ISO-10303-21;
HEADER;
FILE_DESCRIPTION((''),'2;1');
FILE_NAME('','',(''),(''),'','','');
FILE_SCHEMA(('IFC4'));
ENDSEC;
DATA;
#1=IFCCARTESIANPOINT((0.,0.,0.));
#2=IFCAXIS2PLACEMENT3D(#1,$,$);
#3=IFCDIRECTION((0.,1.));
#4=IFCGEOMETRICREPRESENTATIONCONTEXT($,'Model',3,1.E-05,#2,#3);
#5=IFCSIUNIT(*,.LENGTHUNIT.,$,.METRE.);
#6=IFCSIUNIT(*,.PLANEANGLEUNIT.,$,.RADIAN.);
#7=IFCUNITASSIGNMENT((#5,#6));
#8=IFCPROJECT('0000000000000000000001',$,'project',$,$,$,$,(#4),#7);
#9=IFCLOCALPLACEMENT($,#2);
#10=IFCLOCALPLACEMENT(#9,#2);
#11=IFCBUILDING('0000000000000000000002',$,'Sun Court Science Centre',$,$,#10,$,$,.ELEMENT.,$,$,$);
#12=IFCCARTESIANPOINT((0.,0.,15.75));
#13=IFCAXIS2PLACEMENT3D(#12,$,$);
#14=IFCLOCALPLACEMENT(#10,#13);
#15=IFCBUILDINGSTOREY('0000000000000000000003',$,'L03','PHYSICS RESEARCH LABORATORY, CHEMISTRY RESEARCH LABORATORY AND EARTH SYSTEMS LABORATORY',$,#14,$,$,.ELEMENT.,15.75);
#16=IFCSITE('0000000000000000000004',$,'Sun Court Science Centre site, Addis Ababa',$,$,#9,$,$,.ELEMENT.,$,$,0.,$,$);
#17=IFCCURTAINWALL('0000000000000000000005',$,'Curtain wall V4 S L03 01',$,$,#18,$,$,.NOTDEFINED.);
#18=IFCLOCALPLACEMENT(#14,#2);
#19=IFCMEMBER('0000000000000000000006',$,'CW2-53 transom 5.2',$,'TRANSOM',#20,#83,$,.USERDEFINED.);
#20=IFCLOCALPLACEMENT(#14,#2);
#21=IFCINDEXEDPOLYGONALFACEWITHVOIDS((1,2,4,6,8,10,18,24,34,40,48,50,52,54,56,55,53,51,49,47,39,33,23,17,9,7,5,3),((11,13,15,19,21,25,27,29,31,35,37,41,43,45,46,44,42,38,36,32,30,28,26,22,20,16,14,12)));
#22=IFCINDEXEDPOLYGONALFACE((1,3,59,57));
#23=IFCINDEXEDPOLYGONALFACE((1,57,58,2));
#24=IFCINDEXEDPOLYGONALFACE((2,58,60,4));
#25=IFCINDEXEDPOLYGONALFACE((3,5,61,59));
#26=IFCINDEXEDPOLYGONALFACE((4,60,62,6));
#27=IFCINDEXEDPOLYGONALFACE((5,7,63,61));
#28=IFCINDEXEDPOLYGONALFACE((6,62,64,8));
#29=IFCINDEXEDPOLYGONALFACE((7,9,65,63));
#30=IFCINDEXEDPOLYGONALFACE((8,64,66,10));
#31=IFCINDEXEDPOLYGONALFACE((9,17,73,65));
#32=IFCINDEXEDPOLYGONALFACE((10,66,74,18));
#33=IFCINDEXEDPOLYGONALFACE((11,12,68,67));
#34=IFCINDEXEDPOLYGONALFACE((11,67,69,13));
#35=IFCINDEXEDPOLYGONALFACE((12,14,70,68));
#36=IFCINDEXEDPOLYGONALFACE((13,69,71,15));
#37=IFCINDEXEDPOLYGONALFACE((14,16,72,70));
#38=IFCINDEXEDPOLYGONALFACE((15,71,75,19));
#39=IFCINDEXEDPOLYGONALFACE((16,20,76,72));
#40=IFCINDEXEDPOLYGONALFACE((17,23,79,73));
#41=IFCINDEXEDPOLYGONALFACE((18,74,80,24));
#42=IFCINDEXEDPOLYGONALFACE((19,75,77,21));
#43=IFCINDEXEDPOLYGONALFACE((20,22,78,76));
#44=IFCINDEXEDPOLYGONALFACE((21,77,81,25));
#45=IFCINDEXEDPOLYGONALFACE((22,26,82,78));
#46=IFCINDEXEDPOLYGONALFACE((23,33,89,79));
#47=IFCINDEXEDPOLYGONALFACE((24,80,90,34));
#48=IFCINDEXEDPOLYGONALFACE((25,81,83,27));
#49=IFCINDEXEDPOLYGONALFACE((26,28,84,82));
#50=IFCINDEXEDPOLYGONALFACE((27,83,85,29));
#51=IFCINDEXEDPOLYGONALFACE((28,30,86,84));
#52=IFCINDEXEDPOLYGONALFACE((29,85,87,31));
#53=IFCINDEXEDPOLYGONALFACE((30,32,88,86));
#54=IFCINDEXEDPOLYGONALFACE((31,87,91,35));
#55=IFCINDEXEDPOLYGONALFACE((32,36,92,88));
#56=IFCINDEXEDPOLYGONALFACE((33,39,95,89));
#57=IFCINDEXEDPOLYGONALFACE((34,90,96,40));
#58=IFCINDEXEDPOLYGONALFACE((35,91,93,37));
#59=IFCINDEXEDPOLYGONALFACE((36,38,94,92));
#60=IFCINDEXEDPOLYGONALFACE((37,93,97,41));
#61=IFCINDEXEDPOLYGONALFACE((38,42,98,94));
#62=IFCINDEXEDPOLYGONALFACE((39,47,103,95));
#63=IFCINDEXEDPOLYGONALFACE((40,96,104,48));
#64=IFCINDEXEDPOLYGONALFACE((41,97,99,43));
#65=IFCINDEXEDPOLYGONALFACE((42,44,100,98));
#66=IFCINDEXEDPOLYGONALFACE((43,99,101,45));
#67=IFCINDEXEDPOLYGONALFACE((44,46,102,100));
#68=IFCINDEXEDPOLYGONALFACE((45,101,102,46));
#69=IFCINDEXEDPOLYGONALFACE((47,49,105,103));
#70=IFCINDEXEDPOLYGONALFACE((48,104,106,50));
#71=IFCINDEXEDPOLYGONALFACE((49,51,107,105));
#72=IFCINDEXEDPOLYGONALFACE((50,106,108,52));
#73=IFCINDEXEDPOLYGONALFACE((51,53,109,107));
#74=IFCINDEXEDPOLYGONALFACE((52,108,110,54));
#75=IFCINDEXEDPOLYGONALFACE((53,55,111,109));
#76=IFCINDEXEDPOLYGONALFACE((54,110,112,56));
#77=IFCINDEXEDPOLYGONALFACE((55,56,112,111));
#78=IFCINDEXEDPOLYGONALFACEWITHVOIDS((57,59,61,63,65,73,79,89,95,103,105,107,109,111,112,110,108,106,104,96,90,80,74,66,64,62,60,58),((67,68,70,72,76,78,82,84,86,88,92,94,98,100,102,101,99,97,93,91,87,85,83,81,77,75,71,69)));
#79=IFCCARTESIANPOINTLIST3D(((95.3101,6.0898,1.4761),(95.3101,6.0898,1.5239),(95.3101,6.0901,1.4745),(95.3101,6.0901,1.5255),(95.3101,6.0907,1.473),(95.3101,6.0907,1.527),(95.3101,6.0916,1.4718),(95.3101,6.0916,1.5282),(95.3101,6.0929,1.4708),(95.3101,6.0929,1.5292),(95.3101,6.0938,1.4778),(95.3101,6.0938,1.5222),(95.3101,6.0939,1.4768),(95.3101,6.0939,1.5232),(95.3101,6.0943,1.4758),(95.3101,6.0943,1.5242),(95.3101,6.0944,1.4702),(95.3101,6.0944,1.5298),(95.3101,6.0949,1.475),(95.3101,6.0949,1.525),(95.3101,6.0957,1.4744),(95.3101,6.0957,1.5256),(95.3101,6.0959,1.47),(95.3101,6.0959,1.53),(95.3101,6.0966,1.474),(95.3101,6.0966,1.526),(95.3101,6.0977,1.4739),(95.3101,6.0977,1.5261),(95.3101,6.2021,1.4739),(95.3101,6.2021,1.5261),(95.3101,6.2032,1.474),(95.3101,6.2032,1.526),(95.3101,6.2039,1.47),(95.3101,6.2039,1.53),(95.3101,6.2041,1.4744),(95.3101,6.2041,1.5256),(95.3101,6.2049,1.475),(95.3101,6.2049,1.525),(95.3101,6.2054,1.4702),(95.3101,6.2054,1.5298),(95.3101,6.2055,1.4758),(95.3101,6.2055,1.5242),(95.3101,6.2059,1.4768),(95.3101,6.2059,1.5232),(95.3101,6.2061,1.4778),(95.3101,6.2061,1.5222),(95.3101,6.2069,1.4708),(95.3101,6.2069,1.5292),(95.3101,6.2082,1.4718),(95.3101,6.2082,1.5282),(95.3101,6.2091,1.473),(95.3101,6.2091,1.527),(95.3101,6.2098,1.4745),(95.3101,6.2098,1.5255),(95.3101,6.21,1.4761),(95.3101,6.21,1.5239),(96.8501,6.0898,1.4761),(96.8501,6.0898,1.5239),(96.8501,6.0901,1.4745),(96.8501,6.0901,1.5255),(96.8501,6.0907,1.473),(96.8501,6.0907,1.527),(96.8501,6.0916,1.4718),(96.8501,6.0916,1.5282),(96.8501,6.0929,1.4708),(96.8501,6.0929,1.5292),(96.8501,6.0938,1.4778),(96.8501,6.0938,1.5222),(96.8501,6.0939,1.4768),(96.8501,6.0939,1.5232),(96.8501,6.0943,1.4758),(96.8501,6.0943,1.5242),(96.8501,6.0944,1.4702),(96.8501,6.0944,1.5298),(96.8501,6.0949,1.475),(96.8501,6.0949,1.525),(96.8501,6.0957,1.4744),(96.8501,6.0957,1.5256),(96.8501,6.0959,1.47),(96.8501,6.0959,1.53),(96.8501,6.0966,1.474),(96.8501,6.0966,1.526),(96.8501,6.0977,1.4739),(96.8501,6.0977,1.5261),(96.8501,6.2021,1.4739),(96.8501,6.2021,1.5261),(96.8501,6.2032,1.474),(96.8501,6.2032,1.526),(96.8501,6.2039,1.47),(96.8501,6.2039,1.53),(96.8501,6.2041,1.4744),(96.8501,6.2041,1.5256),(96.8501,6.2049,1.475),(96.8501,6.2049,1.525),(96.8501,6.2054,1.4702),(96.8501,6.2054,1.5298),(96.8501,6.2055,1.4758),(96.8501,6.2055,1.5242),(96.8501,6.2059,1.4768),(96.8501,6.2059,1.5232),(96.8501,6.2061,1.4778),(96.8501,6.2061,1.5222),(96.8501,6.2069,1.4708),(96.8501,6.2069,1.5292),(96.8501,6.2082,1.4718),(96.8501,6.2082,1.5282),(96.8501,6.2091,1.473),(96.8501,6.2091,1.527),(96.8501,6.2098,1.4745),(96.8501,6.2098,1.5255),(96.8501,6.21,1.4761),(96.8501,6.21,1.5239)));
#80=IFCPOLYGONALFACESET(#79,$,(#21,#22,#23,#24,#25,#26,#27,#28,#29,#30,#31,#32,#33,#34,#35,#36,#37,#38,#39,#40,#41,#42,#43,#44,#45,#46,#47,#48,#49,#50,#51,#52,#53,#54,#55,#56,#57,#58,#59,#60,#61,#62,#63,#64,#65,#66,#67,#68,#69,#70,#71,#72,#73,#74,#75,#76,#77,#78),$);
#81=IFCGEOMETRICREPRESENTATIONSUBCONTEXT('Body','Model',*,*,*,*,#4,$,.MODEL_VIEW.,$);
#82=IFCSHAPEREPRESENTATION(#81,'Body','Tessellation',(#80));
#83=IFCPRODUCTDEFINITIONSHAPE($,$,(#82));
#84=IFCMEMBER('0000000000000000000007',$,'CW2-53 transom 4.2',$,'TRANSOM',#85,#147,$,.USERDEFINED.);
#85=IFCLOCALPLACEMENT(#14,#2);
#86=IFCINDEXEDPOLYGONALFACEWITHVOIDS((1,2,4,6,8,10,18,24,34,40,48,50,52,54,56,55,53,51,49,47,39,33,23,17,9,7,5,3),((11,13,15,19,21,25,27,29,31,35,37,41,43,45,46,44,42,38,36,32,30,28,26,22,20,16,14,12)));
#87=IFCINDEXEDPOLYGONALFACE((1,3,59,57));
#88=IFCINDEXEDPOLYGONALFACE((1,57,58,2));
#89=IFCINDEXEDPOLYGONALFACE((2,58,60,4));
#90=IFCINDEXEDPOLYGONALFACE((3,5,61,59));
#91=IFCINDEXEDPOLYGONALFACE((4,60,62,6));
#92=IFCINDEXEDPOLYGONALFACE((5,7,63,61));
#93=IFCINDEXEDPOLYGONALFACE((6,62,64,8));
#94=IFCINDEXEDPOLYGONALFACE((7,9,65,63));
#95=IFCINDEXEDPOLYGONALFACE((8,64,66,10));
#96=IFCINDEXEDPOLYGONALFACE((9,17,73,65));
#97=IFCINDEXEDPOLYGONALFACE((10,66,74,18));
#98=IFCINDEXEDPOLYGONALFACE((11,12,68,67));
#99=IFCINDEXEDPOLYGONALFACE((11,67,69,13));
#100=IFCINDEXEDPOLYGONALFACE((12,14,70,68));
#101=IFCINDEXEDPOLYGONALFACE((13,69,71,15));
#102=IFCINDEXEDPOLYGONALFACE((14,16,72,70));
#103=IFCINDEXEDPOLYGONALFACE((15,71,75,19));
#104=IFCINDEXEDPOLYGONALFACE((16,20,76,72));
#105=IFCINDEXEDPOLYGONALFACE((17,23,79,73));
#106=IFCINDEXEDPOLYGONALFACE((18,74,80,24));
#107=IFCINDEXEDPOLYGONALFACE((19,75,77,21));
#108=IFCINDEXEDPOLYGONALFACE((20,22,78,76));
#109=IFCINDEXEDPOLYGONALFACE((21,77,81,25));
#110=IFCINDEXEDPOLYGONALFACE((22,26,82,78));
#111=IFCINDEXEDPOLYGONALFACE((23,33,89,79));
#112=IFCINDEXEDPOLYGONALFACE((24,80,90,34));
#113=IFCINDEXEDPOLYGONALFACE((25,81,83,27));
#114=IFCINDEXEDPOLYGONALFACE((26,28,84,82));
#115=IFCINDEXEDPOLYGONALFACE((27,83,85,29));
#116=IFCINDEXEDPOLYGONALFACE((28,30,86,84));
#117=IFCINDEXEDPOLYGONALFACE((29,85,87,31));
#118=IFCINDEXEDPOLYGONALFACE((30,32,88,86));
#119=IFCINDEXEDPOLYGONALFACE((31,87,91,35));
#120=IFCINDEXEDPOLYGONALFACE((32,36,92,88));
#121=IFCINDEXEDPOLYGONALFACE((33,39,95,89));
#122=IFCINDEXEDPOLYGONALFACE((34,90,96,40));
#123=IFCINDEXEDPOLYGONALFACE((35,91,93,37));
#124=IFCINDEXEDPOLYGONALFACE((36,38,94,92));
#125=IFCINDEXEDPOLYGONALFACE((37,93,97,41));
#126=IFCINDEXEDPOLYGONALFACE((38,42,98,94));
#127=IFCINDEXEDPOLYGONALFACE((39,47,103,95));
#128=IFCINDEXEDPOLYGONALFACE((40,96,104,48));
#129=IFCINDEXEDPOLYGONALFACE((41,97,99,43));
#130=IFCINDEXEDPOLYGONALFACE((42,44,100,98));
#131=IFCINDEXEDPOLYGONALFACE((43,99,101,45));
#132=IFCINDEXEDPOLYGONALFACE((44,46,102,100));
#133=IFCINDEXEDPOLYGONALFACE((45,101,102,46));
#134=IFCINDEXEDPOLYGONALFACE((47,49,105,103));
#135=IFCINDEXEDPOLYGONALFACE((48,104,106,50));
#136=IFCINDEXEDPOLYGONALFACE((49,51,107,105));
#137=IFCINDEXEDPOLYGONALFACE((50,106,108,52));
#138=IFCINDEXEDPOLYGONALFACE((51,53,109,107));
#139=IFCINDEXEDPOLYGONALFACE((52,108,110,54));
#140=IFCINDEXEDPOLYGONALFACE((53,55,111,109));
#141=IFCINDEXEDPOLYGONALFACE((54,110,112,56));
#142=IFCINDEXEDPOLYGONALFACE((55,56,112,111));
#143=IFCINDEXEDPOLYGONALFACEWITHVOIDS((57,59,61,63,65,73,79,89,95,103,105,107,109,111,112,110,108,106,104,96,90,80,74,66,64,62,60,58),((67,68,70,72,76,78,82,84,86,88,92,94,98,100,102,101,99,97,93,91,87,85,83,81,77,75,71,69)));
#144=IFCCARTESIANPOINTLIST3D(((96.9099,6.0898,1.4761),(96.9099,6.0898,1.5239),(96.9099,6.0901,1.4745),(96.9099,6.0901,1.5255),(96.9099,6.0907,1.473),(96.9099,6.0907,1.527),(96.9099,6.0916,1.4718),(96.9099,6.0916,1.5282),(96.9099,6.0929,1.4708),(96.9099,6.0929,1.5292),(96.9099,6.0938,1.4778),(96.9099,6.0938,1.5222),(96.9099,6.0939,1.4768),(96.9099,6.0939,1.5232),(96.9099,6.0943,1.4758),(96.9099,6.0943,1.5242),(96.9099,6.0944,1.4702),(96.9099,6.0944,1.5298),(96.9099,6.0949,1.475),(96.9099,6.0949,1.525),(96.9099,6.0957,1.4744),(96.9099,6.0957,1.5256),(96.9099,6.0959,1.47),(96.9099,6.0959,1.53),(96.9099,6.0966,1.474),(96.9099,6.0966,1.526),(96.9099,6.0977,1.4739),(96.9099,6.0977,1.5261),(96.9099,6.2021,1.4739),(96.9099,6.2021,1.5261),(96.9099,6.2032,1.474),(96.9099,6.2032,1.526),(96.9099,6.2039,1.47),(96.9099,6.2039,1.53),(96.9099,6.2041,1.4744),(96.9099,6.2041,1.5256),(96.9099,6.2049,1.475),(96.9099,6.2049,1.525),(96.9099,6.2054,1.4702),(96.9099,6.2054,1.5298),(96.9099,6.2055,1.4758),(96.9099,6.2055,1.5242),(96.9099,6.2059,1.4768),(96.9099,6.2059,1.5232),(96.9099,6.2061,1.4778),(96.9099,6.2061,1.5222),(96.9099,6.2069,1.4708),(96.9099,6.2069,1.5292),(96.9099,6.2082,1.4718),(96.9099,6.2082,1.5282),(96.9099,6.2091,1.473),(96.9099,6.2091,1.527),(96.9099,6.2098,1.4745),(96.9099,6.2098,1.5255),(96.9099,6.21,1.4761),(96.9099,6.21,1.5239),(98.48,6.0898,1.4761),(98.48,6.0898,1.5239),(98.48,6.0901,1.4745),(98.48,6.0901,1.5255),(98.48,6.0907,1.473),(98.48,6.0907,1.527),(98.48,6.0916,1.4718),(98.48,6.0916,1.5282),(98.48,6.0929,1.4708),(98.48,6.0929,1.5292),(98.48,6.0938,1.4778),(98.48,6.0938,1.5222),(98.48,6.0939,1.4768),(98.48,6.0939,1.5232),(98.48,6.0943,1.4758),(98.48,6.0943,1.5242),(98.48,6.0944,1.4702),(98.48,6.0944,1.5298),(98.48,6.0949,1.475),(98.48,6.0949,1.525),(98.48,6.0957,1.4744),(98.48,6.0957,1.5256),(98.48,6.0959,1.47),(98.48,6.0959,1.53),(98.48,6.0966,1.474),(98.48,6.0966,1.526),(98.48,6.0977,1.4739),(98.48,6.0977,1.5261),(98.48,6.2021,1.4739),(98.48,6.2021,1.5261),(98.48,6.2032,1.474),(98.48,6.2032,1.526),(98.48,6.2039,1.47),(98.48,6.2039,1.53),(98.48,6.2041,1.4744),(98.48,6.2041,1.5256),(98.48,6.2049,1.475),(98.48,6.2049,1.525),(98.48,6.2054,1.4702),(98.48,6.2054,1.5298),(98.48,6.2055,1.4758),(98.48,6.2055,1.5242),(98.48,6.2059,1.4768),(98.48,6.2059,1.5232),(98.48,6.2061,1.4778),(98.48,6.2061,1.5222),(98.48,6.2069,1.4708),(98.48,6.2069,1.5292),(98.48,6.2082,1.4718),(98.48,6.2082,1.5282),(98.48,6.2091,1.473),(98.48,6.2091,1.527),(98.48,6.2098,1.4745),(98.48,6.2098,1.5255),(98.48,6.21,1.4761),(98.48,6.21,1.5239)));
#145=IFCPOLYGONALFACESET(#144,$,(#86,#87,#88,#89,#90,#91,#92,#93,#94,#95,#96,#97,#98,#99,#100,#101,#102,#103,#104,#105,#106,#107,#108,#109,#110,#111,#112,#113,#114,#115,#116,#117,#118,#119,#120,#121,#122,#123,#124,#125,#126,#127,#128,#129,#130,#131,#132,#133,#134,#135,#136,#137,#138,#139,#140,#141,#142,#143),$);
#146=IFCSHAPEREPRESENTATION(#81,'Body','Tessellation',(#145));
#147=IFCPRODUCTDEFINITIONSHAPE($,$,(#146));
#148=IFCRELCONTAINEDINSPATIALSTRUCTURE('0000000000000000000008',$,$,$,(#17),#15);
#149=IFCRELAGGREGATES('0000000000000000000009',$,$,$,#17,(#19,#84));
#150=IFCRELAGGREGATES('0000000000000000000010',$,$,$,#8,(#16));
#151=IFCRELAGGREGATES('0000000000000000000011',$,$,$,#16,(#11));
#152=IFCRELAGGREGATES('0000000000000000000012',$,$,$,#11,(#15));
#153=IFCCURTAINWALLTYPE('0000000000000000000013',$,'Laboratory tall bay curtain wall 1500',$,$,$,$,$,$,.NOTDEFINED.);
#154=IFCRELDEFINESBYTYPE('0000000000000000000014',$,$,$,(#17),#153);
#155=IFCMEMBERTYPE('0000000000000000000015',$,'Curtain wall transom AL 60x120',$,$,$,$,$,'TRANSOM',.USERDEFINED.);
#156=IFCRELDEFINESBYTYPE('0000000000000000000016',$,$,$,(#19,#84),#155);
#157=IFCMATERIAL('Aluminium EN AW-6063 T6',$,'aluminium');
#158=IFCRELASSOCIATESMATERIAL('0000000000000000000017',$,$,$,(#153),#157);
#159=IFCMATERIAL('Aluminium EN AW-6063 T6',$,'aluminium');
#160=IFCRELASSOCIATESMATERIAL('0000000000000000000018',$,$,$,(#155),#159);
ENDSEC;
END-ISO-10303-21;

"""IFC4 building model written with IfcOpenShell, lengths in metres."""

from ifc_helpers import new_model, si_unit, direction, frame, origin, origin_2d, place, context, subcontext, project, spatial, hollow_rectangle, extrude, material, material_profile, profile_set, type_object, element, aggregate, save


model = new_model("IFC4")

# Units and contexts
model_context = context("Model", 3, precision=1e-05, world=origin(), true_north=direction((0.0, 1.0)))
body_context = subcontext(model_context, "Body", "Model", "MODEL_VIEW")
ifc_project = project(units=[si_unit("LENGTHUNIT", "METRE"), si_unit("PLANEANGLEUNIT", "RADIAN")], contexts=[model_context])

# Site, building, storey
site_placement = place(None, origin())
site = spatial("IfcSite", under=ifc_project, at=site_placement, Name="Sun Court Science Centre site, Addis Ababa", CompositionType="ELEMENT", RefElevation=0.0)
building_placement = place(site_placement, origin())
building = spatial("IfcBuilding", under=site, at=building_placement, Name="Sun Court Science Centre", CompositionType="ELEMENT")
storey_placement = place(building_placement, frame((0.0, 0.0, 15.75)))
storey = spatial("IfcBuildingStorey", under=building, at=storey_placement, Name="L03", Description="PHYSICS RESEARCH LABORATORY, CHEMISTRY RESEARCH LABORATORY AND EARTH SYSTEMS LABORATORY", CompositionType="ELEMENT", Elevation=15.75)

# Curtain wall
ifc_material_1 = material(Name="Aluminium EN AW-6063 T6", Category="aluminium")
curtain_wall_type = type_object("IfcCurtainWallType", Name="Laboratory tall bay curtain wall 1500", PredefinedType="NOTDEFINED", material=ifc_material_1)
curtain_wall_1_placement = place(storey_placement, origin())
curtain_wall_1 = element("IfcCurtainWall", 1, at=curtain_wall_1_placement, inside=storey, type_object=curtain_wall_type, Name="Curtain wall V4 S L03 01", PredefinedType="NOTDEFINED")

# Members
ifc_material_2 = material(Name="Aluminium EN AW-6063 T6", Category="aluminium")
ifc_material_profile_1 = material_profile(ifc_material_2, hollow_rectangle(XDim=0.0601, YDim=0.1201, WallThickness=0.0039, InnerFilletRadius=0.0039, OuterFilletRadius=0.0061, at=origin_2d()), Name="AL 60x120x4")
ifc_profile_set_1 = profile_set([ifc_material_profile_1], Name="Aluminium EN AW-6063 T6")
member_type_1 = type_object("IfcMemberType", Name="Curtain wall transom AL 60x120", ElementType="TRANSOM", PredefinedType="USERDEFINED", material=ifc_profile_set_1)
member_1_placement = place(storey_placement, frame((96.8501, 6.1499, 1.5), z_axis=(-1.0, 0.0, 0.0), x_axis=(0.0, 0.0, 1.0)))
member_1 = element("IfcMember", 2, at=member_1_placement, type_object=member_type_1, Name="CW2-53 transom 5.2", ObjectType="TRANSOM", PredefinedType="USERDEFINED", context=body_context, shape_type="SweptSolid", body=[
    extrude(hollow_rectangle(XDim=0.0601, YDim=0.1201, WallThickness=0.0039, InnerFilletRadius=0.0039, OuterFilletRadius=0.0061, at=origin_2d()), origin(), (0.0, 0.0, 1.0), 1.54),
])
member_2_placement = place(storey_placement, frame((98.48, 6.1499, 1.5), z_axis=(-1.0, 0.0, 0.0), x_axis=(0.0, 0.0, 1.0)))
member_2 = element("IfcMember", 3, at=member_2_placement, type_object=member_type_1, Name="CW2-53 transom 4.2", ObjectType="TRANSOM", PredefinedType="USERDEFINED", context=body_context, shape_type="SweptSolid", body=[
    extrude(hollow_rectangle(XDim=0.0601, YDim=0.1201, WallThickness=0.0039, InnerFilletRadius=0.0039, OuterFilletRadius=0.0061, at=origin_2d()), origin(), (0.0, 0.0, 1.0), 1.5701),
])

aggregate(curtain_wall_1, [member_1, member_2])

save(model, "model.ifc")
